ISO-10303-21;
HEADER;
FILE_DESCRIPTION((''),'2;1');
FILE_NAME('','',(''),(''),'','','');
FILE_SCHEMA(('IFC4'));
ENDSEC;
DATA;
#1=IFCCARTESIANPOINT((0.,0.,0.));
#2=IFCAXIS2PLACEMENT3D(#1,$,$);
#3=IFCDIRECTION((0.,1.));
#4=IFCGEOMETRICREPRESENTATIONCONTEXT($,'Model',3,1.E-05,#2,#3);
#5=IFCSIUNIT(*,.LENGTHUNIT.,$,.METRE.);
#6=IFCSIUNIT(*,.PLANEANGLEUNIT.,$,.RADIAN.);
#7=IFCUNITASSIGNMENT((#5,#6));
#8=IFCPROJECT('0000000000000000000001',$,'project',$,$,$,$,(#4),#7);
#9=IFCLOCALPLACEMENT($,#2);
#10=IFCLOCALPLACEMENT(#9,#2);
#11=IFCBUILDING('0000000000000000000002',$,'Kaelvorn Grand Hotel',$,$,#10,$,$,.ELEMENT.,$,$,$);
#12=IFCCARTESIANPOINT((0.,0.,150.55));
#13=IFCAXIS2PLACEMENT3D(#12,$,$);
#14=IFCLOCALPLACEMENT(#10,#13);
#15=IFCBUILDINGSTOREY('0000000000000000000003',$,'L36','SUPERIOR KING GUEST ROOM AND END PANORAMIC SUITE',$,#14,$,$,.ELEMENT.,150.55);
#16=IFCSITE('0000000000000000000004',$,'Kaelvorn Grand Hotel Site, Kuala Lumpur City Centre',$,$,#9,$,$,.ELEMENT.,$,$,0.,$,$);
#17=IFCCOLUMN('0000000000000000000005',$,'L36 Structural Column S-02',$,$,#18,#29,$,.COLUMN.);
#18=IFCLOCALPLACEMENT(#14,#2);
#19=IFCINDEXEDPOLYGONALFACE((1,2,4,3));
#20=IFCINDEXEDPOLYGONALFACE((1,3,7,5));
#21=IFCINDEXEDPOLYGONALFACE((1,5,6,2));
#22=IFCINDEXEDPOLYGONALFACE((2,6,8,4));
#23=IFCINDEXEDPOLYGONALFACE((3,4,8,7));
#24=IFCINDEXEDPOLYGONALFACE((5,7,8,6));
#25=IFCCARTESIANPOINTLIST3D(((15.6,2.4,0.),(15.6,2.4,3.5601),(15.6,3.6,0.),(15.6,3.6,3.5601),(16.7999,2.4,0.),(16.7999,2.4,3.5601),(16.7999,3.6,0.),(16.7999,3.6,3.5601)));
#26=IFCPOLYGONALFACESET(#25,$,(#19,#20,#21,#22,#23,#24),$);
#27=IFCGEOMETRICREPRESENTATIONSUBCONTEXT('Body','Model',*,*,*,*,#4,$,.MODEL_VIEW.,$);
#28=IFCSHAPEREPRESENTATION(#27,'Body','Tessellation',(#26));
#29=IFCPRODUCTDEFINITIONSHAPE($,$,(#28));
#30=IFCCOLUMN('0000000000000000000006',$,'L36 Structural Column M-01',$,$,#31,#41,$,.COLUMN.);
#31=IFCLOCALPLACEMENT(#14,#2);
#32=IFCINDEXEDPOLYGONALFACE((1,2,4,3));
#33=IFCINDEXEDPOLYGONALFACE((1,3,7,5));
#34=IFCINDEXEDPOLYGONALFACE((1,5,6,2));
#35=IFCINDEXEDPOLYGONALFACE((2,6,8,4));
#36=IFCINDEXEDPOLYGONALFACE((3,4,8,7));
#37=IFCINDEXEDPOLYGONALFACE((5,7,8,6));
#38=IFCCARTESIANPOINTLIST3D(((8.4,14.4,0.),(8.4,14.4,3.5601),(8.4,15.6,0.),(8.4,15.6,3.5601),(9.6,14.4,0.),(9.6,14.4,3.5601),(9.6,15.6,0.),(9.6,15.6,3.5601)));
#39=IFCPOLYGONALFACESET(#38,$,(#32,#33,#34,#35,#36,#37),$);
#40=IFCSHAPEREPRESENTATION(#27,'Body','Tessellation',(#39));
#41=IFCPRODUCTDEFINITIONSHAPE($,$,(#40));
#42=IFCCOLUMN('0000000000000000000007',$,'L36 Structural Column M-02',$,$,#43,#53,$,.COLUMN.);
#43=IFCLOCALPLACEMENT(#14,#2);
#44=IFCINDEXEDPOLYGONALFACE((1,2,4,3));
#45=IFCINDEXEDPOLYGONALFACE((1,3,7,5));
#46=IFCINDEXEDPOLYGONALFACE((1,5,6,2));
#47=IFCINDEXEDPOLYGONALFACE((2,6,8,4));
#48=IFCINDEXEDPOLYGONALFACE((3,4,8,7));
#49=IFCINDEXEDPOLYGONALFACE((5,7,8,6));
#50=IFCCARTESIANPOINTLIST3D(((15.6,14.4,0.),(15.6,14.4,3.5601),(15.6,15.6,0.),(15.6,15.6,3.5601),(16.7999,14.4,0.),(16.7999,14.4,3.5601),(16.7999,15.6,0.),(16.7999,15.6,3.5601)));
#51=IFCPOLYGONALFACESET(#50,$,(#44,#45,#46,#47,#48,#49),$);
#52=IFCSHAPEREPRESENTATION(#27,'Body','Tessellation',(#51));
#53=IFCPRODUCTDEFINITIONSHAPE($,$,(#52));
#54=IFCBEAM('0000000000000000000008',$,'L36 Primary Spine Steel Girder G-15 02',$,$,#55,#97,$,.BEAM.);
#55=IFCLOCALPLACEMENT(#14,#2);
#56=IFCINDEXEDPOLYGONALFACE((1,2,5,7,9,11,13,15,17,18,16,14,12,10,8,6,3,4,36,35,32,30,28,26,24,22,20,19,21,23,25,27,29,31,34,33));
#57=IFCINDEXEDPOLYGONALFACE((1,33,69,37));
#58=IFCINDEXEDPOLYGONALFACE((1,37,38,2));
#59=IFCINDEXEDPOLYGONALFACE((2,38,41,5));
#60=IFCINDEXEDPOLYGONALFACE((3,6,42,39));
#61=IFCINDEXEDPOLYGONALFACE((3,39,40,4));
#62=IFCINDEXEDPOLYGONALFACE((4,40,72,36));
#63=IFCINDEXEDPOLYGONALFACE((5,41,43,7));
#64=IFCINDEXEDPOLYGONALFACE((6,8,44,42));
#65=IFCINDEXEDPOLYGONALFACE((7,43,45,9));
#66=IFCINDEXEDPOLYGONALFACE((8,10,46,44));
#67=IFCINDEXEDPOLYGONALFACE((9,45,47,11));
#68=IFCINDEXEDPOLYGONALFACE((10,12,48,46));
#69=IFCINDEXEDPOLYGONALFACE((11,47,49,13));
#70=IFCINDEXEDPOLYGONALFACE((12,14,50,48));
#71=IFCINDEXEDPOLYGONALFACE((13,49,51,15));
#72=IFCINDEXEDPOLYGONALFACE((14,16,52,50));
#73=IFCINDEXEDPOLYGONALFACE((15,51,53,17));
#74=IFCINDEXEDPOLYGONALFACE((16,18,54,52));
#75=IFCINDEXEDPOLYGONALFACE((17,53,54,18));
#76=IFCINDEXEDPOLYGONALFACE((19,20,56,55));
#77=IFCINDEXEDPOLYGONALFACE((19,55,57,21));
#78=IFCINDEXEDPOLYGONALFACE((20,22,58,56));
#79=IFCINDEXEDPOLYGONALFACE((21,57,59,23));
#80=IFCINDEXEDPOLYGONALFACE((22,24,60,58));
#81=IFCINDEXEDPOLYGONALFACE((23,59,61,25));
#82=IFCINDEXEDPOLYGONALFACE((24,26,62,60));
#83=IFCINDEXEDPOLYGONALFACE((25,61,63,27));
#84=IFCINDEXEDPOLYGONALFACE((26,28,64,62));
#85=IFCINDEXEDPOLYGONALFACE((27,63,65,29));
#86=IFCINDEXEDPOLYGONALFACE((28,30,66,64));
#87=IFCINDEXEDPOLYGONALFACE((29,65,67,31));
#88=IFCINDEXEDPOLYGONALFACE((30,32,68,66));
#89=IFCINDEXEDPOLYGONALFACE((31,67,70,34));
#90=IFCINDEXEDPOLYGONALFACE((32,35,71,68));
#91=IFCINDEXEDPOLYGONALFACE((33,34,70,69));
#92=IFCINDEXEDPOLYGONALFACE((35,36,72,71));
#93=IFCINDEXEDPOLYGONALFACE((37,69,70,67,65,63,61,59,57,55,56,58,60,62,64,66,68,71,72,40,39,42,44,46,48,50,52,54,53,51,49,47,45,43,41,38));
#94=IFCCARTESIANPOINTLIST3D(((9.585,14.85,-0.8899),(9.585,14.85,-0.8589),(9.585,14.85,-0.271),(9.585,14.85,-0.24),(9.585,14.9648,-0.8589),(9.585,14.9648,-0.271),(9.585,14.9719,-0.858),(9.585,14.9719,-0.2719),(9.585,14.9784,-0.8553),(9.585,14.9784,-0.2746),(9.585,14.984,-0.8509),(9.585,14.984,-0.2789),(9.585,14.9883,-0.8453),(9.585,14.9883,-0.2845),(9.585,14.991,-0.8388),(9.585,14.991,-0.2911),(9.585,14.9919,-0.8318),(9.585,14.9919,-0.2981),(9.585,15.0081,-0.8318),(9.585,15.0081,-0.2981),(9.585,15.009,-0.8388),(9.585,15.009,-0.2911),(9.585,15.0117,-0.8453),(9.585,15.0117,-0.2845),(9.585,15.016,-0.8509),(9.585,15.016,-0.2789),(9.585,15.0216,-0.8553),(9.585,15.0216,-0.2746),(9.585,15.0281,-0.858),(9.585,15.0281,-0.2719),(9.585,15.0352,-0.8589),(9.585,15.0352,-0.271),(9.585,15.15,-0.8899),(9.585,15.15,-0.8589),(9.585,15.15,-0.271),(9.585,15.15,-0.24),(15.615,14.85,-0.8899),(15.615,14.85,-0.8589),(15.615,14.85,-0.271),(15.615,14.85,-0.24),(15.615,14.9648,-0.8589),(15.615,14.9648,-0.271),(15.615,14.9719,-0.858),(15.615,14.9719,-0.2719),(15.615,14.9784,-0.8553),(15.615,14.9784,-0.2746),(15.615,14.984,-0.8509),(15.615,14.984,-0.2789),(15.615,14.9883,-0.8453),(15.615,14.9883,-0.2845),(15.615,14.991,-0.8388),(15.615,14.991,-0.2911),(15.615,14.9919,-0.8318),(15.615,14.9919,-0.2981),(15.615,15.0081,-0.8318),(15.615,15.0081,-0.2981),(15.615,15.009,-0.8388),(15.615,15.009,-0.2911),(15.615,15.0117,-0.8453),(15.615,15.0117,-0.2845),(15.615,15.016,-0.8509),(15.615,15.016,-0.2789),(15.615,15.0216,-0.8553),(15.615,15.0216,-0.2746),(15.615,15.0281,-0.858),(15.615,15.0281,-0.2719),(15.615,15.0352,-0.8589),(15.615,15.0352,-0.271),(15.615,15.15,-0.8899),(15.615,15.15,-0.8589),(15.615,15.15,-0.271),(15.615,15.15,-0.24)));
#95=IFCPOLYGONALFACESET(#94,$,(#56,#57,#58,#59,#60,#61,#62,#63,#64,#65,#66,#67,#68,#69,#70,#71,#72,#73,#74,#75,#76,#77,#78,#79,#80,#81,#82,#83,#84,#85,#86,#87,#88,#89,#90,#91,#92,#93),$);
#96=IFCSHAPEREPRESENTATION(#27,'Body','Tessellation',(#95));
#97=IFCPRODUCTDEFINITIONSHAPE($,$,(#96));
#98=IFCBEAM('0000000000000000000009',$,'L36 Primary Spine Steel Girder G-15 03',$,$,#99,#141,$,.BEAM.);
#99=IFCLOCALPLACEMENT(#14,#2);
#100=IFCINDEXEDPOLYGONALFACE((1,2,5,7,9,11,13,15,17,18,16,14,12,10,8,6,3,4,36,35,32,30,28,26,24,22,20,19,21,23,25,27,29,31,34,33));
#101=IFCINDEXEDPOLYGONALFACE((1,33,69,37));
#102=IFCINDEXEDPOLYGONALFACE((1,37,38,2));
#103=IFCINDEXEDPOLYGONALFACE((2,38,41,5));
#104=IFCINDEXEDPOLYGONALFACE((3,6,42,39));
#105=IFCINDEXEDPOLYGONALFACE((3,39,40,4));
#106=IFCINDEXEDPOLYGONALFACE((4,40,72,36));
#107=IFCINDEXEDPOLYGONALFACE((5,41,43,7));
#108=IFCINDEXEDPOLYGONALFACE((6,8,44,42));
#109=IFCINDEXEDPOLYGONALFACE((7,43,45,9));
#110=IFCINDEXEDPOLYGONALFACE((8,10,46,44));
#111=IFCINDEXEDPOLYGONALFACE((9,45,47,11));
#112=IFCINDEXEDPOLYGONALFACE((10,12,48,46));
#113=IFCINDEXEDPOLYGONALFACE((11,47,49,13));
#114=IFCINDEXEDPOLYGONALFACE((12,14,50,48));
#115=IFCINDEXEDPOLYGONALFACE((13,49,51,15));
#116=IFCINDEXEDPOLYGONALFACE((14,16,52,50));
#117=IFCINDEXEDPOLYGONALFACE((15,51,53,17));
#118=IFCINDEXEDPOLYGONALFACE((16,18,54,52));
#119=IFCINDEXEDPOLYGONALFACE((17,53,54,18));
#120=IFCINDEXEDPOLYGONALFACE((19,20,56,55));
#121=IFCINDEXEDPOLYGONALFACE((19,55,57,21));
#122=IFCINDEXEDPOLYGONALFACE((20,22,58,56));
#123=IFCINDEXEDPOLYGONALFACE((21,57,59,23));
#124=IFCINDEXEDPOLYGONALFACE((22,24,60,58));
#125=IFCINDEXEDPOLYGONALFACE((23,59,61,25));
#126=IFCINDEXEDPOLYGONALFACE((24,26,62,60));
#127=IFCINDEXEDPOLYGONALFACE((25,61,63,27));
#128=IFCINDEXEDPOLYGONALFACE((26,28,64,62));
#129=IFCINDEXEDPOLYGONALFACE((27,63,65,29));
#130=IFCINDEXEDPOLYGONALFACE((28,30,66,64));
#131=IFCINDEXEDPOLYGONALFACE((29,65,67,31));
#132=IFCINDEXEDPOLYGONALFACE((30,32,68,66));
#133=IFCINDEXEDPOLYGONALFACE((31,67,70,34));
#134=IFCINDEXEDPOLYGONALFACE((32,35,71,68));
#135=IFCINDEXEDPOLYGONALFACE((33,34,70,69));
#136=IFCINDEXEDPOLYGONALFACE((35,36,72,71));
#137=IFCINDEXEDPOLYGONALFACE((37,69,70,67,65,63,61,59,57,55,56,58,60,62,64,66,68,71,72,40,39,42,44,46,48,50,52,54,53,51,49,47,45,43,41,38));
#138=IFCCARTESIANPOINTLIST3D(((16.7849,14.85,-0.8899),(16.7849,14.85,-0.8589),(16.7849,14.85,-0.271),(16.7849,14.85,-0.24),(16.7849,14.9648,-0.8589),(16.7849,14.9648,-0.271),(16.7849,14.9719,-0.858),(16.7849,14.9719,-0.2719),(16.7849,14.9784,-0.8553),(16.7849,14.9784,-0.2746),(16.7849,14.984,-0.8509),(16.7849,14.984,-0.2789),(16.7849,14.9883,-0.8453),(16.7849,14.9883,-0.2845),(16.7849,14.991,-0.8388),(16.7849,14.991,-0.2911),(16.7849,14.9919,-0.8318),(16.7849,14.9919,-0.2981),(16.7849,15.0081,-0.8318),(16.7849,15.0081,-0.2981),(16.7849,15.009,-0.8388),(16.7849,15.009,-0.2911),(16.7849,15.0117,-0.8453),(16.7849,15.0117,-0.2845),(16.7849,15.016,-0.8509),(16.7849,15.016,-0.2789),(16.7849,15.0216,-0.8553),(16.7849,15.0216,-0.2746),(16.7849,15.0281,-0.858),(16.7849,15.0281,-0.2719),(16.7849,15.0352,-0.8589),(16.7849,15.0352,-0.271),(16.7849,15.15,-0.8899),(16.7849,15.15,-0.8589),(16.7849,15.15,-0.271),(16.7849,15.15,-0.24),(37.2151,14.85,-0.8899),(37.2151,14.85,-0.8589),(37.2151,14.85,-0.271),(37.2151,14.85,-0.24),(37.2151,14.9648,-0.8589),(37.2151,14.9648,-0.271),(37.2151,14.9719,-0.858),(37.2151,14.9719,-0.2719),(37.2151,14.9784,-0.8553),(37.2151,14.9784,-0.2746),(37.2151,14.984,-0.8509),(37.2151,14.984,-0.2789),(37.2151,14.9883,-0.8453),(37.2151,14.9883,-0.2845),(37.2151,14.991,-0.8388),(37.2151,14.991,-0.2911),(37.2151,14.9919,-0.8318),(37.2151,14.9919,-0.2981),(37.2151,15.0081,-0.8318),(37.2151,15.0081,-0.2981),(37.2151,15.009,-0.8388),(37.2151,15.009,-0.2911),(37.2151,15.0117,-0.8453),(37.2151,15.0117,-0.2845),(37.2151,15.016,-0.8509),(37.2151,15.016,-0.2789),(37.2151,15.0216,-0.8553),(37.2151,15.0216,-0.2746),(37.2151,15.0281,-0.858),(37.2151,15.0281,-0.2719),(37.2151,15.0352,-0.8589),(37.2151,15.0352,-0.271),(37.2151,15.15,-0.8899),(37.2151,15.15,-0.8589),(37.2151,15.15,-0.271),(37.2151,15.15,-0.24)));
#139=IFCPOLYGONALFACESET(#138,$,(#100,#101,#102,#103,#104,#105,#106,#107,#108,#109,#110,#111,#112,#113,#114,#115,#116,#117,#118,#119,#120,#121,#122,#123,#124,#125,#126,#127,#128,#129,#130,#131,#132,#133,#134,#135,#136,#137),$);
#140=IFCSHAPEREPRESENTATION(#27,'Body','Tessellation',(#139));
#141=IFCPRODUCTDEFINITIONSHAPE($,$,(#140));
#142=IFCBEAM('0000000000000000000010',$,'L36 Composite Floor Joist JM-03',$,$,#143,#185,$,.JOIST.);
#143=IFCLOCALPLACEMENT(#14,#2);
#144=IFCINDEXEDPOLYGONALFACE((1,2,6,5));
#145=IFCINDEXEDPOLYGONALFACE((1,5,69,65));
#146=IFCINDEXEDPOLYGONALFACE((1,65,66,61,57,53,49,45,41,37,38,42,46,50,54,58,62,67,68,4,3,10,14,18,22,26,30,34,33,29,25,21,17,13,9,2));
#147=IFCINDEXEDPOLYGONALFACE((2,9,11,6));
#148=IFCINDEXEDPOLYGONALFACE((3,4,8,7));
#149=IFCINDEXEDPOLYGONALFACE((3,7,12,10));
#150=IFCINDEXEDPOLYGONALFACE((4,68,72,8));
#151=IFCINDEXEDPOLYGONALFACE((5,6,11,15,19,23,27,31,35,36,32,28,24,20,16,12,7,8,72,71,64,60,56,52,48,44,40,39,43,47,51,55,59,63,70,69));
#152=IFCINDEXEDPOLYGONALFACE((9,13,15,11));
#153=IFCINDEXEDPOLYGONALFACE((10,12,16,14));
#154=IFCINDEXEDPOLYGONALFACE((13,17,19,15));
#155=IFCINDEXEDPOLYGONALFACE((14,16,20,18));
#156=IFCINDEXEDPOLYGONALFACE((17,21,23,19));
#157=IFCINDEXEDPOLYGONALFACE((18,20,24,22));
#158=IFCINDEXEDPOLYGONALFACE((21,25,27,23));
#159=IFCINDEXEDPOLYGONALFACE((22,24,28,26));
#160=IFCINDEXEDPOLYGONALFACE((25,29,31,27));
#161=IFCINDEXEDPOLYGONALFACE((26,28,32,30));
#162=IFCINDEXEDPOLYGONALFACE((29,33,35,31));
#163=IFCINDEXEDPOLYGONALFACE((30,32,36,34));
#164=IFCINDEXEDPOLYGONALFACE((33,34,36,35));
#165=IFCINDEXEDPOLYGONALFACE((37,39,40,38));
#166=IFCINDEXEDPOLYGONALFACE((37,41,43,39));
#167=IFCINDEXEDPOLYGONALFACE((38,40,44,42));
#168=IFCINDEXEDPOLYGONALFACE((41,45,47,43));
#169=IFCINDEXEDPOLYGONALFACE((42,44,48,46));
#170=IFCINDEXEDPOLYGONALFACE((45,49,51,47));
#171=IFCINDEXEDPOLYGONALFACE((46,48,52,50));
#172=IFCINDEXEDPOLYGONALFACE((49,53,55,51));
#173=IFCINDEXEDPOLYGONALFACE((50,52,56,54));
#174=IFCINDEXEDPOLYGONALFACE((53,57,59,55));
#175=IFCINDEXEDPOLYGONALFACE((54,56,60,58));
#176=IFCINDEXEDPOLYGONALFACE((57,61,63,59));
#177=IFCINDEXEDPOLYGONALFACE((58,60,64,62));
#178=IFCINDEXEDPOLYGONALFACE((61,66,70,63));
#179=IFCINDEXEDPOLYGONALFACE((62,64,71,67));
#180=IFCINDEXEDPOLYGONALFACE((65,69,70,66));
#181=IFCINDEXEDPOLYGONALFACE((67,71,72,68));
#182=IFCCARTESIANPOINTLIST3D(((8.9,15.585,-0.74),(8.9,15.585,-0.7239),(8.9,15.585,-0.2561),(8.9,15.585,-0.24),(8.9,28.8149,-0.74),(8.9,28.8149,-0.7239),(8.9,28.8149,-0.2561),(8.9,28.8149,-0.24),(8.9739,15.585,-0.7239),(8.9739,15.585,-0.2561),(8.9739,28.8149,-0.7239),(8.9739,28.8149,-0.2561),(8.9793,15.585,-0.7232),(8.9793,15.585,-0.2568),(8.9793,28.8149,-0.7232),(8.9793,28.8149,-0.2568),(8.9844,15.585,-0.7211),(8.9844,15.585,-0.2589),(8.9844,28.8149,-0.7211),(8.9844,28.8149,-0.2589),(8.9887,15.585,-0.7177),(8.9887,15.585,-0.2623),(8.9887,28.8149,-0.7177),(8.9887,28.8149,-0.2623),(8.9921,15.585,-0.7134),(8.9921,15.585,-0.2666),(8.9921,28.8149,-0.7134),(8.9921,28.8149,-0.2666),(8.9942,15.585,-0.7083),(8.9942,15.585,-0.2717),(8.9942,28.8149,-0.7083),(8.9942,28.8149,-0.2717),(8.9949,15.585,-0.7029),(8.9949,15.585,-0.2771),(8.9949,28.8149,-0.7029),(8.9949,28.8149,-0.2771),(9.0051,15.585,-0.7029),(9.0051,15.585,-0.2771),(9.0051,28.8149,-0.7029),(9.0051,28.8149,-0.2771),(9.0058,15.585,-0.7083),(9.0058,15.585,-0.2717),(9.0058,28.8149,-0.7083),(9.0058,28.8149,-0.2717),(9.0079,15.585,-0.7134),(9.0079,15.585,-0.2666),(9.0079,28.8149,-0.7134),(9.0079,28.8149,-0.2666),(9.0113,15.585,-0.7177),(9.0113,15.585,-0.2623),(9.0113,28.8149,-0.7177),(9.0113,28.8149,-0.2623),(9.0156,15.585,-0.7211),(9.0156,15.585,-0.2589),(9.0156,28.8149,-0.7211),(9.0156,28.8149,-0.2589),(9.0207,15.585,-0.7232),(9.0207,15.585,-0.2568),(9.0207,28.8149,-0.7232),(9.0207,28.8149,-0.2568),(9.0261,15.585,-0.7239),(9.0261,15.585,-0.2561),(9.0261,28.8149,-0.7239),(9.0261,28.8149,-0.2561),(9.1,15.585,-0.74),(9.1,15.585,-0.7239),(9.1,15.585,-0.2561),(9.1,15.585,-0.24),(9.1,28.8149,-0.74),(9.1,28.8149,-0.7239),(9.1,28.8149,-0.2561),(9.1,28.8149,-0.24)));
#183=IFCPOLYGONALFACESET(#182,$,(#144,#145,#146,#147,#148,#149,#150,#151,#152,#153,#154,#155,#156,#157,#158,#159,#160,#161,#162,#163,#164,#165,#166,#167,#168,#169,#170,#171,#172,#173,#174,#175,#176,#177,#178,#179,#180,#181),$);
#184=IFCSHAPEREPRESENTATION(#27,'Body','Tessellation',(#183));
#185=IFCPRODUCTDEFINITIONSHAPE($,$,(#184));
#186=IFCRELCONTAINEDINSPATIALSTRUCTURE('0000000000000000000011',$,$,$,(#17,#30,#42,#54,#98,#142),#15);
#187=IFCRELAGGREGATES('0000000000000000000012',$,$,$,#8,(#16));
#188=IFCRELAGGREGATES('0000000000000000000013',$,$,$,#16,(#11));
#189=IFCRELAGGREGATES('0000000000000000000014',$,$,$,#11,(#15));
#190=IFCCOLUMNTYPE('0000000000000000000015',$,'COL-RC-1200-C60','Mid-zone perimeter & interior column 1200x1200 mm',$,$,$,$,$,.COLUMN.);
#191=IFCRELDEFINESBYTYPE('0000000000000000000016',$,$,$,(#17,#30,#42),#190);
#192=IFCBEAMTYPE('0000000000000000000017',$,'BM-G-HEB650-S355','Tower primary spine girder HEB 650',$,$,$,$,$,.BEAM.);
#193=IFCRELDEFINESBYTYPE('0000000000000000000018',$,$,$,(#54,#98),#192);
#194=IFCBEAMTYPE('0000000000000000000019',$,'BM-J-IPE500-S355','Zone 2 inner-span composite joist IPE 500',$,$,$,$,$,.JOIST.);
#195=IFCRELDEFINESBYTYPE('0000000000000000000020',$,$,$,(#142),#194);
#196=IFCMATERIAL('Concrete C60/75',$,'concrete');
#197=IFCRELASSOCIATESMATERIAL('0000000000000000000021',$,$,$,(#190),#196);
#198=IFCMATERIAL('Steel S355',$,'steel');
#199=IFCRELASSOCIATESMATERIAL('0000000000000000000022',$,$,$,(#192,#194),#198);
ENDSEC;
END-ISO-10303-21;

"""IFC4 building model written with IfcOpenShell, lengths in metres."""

from ifc_helpers import new_model, si_unit, direction, frame, origin, origin_2d, place, context, subcontext, project, spatial, rectangle, i_section, extrude, material, material_profile, profile_set, type_object, element, save


model = new_model("IFC4")

# Units and contexts
model_context = context("Model", 3, precision=1e-05, world=origin(), true_north=direction((0.0, 1.0)))
body_context = subcontext(model_context, "Body", "Model", "MODEL_VIEW")
ifc_project = project(units=[si_unit("LENGTHUNIT", "METRE"), si_unit("PLANEANGLEUNIT", "RADIAN")], contexts=[model_context])

# Site, building, storey
site_placement = place(None, origin())
site = spatial("IfcSite", under=ifc_project, at=site_placement, Name="Kaelvorn Grand Hotel Site, Kuala Lumpur City Centre", CompositionType="ELEMENT", RefElevation=0.0)
building_placement = place(site_placement, origin())
building = spatial("IfcBuilding", under=site, at=building_placement, Name="Kaelvorn Grand Hotel", CompositionType="ELEMENT")
storey_placement = place(building_placement, frame((0.0, 0.0, 150.55)))
storey = spatial("IfcBuildingStorey", under=building, at=storey_placement, Name="L36", Description="SUPERIOR KING GUEST ROOM AND END PANORAMIC SUITE", CompositionType="ELEMENT", Elevation=150.55)

# Columns
ifc_material_1 = material(Name="Concrete C60/75", Category="concrete")
ifc_material_profile_1 = material_profile(ifc_material_1, rectangle(XDim=1.2, YDim=1.2, at=origin_2d()), Name="RC COL 1200x1200")
ifc_profile_set_1 = profile_set([ifc_material_profile_1], Name="Concrete C60/75")
column_type = type_object("IfcColumnType", Name="COL-RC-1200-C60", Description="Mid-zone perimeter & interior column 1200x1200 mm", PredefinedType="COLUMN", material=ifc_profile_set_1)
for number, where, z_axis, x_axis, name in (
    (1, (16.2, 3.0, 0.0), (0.0, 0.0, 1.0), (1.0, 0.0, 0.0), "L36 Structural Column S-02"),
    (2, (9.0, 15.0, 0.0), (0.0, 0.0, 1.0), (1.0, 0.0, 0.0), "L36 Structural Column M-01"),
    (3, (16.2, 15.0, 0.0), (0.0, 0.0, 1.0), (1.0, 0.0, 0.0), "L36 Structural Column M-02"),
):
    element("IfcColumn", number, at=place(storey_placement, frame(where, z_axis=z_axis, x_axis=x_axis)), inside=storey, type_object=column_type, Name=name, PredefinedType="COLUMN", context=body_context, shape_type="SweptSolid", body=[
        extrude(rectangle(XDim=1.2, YDim=1.2, at=origin_2d()), origin(), (0.0, 0.0, 1.0), 3.5601),
    ])

# Beams
ifc_material_2 = material(Name="Steel S355", Category="steel")
ifc_material_profile_2 = material_profile(ifc_material_2, i_section(OverallWidth=0.3, OverallDepth=0.6499, WebThickness=0.0161, FlangeThickness=0.031, FilletRadius=0.0271, at=origin_2d()), Name="HEB 650")
ifc_profile_set_2 = profile_set([ifc_material_profile_2], Name="Steel S355")
beam_type_1 = type_object("IfcBeamType", Name="BM-G-HEB650-S355", Description="Tower primary spine girder HEB 650", PredefinedType="BEAM", material=ifc_profile_set_2)
beam_1_placement = place(storey_placement, frame((9.585, 15.0, -0.5649), z_axis=(1.0, 0.0, 0.0), x_axis=(0.0, 1.0, 0.0)))
element("IfcBeam", 4, at=beam_1_placement, inside=storey, type_object=beam_type_1, Name="L36 Primary Spine Steel Girder G-15 02", PredefinedType="BEAM", context=body_context, shape_type="SweptSolid", body=[
    extrude(i_section(OverallWidth=0.3, OverallDepth=0.6499, WebThickness=0.0161, FlangeThickness=0.031, FilletRadius=0.0271, at=origin_2d()), origin(), (0.0, 0.0, 1.0), 6.03),
])
beam_2_placement = place(storey_placement, frame((16.7849, 15.0, -0.5649), z_axis=(1.0, 0.0, 0.0), x_axis=(0.0, 1.0, 0.0)))
element("IfcBeam", 5, at=beam_2_placement, inside=storey, type_object=beam_type_1, Name="L36 Primary Spine Steel Girder G-15 03", PredefinedType="BEAM", context=body_context, shape_type="SweptSolid", body=[
    extrude(i_section(OverallWidth=0.3, OverallDepth=0.6499, WebThickness=0.0161, FlangeThickness=0.031, FilletRadius=0.0271, at=origin_2d()), origin(), (0.0, 0.0, 1.0), 20.4302),
])
ifc_material_profile_3 = material_profile(ifc_material_2, i_section(OverallWidth=0.2, OverallDepth=0.5, WebThickness=0.0103, FlangeThickness=0.0161, FilletRadius=0.021, at=origin_2d()), Name="IPE 500")
ifc_profile_set_3 = profile_set([ifc_material_profile_3], Name="Steel S355")
beam_type_2 = type_object("IfcBeamType", Name="BM-J-IPE500-S355", Description="Zone 2 inner-span composite joist IPE 500", PredefinedType="JOIST", material=ifc_profile_set_3)
beam_3_placement = place(storey_placement, frame((9.0, 15.585, -0.49), z_axis=(0.0, 1.0, 0.0), x_axis=(-1.0, 0.0, 0.0)))
element("IfcBeam", 6, at=beam_3_placement, inside=storey, type_object=beam_type_2, Name="L36 Composite Floor Joist JM-03", PredefinedType="JOIST", context=body_context, shape_type="SweptSolid", body=[
    extrude(i_section(OverallWidth=0.2, OverallDepth=0.5, WebThickness=0.0103, FlangeThickness=0.0161, FilletRadius=0.021, at=origin_2d()), origin(), (0.0, 0.0, 1.0), 13.23),
])

save(model, "model.ifc")
